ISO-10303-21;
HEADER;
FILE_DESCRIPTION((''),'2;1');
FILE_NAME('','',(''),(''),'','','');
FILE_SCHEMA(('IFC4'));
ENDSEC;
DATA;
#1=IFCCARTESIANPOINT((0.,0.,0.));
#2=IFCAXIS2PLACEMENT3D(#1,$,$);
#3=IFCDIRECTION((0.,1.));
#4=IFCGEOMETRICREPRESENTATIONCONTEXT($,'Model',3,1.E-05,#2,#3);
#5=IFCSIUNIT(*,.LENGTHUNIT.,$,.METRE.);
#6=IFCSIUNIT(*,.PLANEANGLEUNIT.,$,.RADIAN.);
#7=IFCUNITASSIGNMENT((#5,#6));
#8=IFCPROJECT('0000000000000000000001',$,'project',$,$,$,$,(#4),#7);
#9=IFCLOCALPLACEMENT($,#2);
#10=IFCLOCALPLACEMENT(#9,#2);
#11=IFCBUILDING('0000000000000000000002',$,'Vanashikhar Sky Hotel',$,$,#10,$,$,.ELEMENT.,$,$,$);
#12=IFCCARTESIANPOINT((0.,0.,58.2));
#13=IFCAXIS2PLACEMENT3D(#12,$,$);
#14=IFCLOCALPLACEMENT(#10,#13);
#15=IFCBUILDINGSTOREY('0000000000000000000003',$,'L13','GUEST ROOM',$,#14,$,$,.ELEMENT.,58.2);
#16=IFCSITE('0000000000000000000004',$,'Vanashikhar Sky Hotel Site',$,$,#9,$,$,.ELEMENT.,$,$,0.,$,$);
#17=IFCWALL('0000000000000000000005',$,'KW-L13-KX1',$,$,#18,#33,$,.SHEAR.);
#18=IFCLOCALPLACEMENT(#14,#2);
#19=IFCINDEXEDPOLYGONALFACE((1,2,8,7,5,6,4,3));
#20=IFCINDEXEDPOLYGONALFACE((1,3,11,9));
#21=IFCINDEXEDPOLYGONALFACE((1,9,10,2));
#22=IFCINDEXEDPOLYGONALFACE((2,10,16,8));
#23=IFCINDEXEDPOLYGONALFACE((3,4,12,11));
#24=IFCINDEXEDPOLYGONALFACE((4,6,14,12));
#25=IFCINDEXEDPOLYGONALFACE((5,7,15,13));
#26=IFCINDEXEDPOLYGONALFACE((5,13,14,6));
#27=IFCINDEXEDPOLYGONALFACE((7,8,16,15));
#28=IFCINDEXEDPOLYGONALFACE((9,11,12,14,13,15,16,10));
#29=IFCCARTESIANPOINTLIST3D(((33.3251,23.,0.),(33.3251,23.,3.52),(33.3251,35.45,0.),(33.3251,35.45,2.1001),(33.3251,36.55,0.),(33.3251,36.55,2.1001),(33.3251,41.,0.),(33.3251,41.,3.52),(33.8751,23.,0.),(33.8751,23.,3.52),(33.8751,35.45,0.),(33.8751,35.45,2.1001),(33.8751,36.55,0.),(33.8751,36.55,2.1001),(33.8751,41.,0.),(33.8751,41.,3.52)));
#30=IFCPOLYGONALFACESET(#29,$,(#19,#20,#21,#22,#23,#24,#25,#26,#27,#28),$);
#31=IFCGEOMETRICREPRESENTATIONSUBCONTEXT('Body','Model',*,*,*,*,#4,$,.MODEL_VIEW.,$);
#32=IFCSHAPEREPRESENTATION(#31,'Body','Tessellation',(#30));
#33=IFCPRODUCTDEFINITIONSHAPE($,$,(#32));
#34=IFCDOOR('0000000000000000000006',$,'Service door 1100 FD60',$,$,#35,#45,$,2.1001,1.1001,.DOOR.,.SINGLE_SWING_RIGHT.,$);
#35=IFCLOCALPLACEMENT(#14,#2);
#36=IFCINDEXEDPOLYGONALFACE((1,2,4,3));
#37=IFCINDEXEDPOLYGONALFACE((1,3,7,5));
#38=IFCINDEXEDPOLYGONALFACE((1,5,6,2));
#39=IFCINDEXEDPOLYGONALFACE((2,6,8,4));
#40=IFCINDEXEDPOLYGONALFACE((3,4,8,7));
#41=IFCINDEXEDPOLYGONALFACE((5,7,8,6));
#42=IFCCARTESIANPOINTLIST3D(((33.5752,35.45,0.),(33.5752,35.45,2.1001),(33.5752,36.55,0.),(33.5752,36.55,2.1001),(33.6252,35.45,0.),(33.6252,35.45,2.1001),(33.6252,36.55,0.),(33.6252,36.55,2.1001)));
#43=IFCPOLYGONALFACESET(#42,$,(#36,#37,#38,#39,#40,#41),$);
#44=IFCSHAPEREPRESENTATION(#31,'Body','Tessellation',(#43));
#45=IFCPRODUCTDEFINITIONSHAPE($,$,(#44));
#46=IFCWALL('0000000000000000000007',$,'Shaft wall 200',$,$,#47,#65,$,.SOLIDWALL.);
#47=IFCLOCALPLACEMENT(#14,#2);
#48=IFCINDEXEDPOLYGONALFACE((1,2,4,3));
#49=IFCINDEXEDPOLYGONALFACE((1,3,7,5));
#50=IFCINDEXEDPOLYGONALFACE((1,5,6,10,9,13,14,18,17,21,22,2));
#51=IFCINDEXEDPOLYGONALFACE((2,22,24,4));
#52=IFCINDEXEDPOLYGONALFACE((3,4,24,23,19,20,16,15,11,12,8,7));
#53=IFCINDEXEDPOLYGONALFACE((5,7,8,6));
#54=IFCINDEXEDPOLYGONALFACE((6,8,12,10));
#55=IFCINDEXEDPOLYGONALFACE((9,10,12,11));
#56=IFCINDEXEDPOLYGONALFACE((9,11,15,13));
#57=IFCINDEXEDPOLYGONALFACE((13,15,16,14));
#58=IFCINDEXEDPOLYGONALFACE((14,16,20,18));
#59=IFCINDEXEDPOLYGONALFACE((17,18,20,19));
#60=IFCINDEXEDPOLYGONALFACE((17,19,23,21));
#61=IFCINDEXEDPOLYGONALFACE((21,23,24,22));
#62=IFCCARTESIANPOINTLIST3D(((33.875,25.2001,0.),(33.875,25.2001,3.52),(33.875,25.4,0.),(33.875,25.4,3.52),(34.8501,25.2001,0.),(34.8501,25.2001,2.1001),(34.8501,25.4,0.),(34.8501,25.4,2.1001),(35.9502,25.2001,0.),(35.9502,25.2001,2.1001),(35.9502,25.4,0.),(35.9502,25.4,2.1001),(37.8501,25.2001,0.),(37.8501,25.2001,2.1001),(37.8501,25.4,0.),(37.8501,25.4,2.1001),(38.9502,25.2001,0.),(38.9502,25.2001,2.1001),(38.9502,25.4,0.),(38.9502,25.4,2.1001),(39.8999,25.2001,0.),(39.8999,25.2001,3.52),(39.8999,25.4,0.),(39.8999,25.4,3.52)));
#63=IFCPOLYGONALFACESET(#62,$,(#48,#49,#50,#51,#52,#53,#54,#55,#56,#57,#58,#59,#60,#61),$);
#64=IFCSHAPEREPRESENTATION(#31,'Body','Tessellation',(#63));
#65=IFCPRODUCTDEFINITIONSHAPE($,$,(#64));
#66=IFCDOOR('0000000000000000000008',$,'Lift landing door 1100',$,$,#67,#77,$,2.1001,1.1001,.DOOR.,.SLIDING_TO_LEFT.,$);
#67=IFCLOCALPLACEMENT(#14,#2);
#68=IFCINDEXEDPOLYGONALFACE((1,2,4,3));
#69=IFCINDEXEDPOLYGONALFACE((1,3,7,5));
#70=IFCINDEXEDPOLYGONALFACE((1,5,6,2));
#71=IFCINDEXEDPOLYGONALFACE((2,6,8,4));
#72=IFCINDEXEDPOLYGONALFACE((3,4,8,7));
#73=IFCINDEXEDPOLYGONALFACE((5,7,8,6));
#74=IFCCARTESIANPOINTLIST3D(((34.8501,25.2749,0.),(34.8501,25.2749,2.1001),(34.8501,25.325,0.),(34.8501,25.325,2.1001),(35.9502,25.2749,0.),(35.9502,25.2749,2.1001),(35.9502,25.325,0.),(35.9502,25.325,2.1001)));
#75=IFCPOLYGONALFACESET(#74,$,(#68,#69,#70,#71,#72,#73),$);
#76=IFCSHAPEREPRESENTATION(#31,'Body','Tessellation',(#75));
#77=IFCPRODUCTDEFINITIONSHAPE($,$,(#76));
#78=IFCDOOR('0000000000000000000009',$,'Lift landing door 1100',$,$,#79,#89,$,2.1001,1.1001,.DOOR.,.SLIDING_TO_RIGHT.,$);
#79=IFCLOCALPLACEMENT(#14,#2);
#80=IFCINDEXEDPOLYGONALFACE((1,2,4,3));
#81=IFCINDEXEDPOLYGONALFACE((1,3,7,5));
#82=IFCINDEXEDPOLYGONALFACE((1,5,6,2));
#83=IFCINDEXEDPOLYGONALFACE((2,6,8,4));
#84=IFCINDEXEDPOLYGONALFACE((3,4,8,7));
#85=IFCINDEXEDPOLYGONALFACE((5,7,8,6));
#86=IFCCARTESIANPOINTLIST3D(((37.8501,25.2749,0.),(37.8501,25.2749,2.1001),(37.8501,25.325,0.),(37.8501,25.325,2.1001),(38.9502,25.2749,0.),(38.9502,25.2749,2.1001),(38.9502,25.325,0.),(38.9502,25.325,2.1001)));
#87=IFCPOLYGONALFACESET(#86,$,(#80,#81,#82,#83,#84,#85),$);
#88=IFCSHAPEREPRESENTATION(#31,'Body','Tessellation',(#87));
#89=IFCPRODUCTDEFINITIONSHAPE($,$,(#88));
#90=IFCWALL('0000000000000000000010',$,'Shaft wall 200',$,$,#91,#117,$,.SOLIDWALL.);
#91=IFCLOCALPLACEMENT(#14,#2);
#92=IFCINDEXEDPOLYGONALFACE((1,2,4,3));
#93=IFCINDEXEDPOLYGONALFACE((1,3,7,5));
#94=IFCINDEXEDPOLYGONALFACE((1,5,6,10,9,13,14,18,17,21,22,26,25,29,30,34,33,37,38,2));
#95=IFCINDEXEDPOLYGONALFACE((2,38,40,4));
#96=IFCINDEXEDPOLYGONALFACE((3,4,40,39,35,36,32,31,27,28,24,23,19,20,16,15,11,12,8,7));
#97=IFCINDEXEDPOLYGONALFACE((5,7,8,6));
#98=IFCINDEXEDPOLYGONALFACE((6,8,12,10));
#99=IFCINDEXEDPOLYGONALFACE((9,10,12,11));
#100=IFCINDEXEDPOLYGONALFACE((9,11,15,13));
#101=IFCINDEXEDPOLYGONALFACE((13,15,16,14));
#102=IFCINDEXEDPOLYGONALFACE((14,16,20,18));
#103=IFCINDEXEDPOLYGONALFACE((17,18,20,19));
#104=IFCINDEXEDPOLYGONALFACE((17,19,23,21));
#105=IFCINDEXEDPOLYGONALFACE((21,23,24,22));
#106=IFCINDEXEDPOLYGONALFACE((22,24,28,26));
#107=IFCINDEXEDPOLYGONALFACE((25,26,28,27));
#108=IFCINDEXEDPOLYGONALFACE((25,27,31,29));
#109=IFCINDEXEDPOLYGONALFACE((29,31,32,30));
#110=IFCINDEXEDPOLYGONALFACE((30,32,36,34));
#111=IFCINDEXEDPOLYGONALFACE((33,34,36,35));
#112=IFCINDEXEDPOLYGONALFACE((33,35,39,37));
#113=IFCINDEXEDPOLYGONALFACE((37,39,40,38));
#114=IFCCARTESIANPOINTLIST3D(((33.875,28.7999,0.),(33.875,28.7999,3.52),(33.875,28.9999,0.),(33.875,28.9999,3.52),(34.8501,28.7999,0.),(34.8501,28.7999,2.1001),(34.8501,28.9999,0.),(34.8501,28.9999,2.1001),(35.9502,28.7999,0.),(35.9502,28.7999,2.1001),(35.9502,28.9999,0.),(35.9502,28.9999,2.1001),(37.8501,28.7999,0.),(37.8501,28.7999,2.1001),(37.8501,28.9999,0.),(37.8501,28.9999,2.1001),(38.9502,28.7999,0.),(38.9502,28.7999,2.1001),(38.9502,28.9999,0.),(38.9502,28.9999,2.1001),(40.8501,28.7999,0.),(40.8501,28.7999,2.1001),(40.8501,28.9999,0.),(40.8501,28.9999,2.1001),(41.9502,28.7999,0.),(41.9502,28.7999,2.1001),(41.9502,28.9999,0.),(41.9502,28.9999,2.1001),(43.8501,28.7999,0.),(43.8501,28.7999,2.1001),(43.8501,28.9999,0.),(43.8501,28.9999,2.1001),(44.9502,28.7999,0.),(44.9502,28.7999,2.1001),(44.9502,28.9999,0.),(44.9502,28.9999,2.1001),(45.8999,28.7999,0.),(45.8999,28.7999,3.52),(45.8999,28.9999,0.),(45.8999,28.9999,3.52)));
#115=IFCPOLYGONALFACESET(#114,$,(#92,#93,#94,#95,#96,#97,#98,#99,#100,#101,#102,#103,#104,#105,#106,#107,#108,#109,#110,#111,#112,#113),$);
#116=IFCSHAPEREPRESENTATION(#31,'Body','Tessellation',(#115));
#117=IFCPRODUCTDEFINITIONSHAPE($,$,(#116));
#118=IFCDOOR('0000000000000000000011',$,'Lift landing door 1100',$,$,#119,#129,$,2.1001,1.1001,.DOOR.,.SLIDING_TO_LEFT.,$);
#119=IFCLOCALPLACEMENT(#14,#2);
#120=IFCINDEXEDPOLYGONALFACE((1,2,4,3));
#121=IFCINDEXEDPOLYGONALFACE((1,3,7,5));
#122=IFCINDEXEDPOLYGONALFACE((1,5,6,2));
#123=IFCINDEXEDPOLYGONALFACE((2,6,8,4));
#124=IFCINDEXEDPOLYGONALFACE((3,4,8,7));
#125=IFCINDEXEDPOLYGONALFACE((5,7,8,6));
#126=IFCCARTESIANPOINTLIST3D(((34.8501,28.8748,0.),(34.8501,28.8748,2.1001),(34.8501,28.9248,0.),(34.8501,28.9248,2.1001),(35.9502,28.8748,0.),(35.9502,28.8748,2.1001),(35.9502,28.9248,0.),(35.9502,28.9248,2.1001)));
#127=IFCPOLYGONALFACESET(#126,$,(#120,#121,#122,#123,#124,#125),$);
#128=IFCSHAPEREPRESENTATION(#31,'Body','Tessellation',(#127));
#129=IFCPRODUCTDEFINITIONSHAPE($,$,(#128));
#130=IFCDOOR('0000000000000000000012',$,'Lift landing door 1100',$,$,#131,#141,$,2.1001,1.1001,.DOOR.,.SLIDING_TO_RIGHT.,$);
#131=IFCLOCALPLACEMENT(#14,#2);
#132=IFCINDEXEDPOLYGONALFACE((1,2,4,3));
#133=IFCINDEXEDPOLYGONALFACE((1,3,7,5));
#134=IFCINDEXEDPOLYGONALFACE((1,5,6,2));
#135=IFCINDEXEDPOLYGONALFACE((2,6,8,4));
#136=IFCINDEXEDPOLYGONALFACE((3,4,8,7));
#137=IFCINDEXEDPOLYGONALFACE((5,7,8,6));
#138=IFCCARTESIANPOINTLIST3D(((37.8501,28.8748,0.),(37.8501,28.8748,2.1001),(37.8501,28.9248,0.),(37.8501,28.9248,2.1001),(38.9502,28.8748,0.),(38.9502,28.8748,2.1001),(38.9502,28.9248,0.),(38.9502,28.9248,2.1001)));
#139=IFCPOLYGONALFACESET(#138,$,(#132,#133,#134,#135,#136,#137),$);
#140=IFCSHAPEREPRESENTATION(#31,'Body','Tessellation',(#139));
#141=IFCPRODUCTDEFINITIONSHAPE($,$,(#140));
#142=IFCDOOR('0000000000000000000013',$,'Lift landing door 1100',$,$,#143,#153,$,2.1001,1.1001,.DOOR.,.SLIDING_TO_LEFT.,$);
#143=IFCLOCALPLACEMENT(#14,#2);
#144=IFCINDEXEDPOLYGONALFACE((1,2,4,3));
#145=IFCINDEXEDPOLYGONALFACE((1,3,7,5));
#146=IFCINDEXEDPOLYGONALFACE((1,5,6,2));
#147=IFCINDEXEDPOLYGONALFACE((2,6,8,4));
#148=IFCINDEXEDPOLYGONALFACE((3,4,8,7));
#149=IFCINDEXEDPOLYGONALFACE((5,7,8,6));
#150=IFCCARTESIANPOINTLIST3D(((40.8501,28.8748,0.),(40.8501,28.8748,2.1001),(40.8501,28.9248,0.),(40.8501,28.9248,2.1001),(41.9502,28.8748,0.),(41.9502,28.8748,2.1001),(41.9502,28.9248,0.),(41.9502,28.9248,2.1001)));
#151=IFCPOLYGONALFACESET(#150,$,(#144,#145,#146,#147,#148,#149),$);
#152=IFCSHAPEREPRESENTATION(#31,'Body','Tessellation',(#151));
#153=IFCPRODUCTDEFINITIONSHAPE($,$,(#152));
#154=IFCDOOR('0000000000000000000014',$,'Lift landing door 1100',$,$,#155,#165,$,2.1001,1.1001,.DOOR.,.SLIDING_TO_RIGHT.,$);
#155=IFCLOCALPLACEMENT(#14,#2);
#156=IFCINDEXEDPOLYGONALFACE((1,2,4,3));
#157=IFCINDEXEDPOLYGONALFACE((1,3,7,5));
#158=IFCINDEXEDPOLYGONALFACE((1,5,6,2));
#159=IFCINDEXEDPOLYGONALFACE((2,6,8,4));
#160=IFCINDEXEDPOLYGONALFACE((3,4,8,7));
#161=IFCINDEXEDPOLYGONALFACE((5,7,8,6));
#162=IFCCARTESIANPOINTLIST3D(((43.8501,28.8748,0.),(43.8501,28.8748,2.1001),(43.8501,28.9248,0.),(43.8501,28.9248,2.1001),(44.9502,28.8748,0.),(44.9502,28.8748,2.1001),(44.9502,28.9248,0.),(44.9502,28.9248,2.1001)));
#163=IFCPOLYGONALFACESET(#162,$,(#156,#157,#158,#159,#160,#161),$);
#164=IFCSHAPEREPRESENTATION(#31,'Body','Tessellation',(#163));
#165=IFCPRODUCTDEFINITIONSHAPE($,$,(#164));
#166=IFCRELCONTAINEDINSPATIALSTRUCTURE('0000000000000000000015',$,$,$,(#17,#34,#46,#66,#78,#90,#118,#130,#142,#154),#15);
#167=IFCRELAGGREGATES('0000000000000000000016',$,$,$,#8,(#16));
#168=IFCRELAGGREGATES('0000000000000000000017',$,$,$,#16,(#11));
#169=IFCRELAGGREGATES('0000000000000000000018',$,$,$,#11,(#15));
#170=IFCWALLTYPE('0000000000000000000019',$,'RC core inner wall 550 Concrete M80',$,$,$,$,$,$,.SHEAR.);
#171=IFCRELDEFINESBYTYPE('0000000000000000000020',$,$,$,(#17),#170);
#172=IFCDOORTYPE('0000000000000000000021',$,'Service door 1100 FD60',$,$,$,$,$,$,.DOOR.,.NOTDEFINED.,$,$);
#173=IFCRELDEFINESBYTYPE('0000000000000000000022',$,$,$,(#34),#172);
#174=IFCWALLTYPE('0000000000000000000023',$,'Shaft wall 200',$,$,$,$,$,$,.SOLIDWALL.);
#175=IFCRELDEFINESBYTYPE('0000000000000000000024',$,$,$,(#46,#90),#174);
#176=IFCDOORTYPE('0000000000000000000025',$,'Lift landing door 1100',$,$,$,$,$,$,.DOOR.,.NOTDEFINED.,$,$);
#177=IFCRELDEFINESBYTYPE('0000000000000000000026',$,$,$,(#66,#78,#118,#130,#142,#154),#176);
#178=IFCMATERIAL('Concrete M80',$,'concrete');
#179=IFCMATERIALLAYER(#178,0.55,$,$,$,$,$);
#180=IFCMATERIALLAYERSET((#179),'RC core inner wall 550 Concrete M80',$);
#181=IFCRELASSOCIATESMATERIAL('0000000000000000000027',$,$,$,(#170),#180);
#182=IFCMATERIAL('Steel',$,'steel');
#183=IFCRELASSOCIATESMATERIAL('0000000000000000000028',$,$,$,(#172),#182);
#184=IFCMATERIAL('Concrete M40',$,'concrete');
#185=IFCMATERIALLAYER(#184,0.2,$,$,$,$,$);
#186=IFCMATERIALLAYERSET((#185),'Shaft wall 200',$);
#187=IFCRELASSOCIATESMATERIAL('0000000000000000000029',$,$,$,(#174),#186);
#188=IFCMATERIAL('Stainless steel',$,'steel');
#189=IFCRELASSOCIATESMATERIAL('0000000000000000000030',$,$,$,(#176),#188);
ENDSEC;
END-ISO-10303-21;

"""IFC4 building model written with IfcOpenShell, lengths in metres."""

from ifc_helpers import new_model, si_unit, direction, frame, frame_2d, origin, place, context, subcontext, project, spatial, rectangle, extrude, source, transform, mapped, material, layer, layer_set, type_object, element, fill, save


model = new_model("IFC4")

# Units and contexts
model_context = context("Model", 3, precision=1e-05, world=origin(), true_north=direction((0.0, 1.0)))
body_context = subcontext(model_context, "Body", "Model", "MODEL_VIEW")
ifc_project = project(units=[si_unit("LENGTHUNIT", "METRE"), si_unit("PLANEANGLEUNIT", "RADIAN")], contexts=[model_context])

# Site, building, storey
site_placement = place(None, origin())
site = spatial("IfcSite", under=ifc_project, at=site_placement, Name="Vanashikhar Sky Hotel Site", CompositionType="ELEMENT", RefElevation=0.0)
building_placement = place(site_placement, origin())
building = spatial("IfcBuilding", under=site, at=building_placement, Name="Vanashikhar Sky Hotel", CompositionType="ELEMENT")
storey_placement = place(building_placement, frame((0.0, 0.0, 58.2)))
storey = spatial("IfcBuildingStorey", under=building, at=storey_placement, Name="L13", Description="GUEST ROOM", CompositionType="ELEMENT", Elevation=58.2)

# Wall, opening, door
ifc_material_1 = material(Name="Concrete M80", Category="concrete")
ifc_layer_1 = layer(ifc_material_1, 0.55)
ifc_layer_set_1 = layer_set([ifc_layer_1], Name="RC core inner wall 550 Concrete M80")
wall_type_1 = type_object("IfcWallType", Name="RC core inner wall 550 Concrete M80", PredefinedType="SHEAR", material=ifc_layer_set_1)
shared_shape_1 = source(origin(), body_context, "Body", "SweptSolid", [
    extrude(rectangle(XDim=18.0, YDim=0.55, at=frame_2d((9.0, 0.0))), origin(), (0.0, 0.0, 1.0), 3.52),
])
wall_1_placement = place(storey_placement, frame((33.6001, 23.0, 0.0), z_axis=(0.0, 0.0, 1.0), x_axis=(0.0, 1.0, 0.0)))
wall_1 = element("IfcWall", 1, at=wall_1_placement, inside=storey, type_object=wall_type_1, Name="KW-L13-KX1", PredefinedType="SHEAR", context=body_context, shape_type="MappedRepresentation", body=[
    mapped(shared_shape_1, transform((0.0, 0.0, 0.0), scale=1.0)),
])
shared_shape_2 = source(origin(), body_context, "Body", "SweptSolid", [
    extrude(rectangle(XDim=1.1001, YDim=2.1001, at=frame_2d((0.55, 1.05))), frame((0.0, 0.2852, 0.0), z_axis=(0.0, -1.0, 0.0), x_axis=(1.0, 0.0, 0.0)), (0.0, 0.0, 1.0), 0.5701),
])
opening_1_placement = place(wall_1_placement, frame((12.45, 0.0, 0.0)))
opening_1 = element("IfcOpeningElement", 2, at=opening_1_placement, cuts=wall_1, PredefinedType="OPENING", context=body_context, shape_type="MappedRepresentation", body=[
    mapped(shared_shape_2, transform((0.0, 0.0, 0.0), scale=1.0)),
])
ifc_material_2 = material(Name="Steel", Category="steel")
door_type_1 = type_object("IfcDoorType", Name="Service door 1100 FD60", OperationType="NOTDEFINED", PredefinedType="DOOR", material=ifc_material_2)
shared_shape_3 = source(origin(), body_context, "Body", "SweptSolid", [
    extrude(rectangle(XDim=1.1001, YDim=2.1001, at=frame_2d((0.55, 1.05))), frame((0.0, 0.0249, 0.0), z_axis=(0.0, -1.0, 0.0), x_axis=(1.0, 0.0, 0.0)), (0.0, 0.0, 1.0), 0.05),
])
door_1_placement = place(opening_1_placement, origin())
door_1 = element("IfcDoor", 3, at=door_1_placement, inside=storey, type_object=door_type_1, Name="Service door 1100 FD60", OperationType="SINGLE_SWING_RIGHT", OverallHeight=2.1001, OverallWidth=1.1001, PredefinedType="DOOR", context=body_context, shape_type="MappedRepresentation", body=[
    mapped(shared_shape_3, transform((0.0, 0.0, 0.0), scale=1.0)),
])
fill(opening_1, door_1)

# Walls, openings, doors
ifc_material_3 = material(Name="Concrete M40", Category="concrete")
ifc_layer_2 = layer(ifc_material_3, 0.2)
ifc_layer_set_2 = layer_set([ifc_layer_2], Name="Shaft wall 200")
wall_type_2 = type_object("IfcWallType", Name="Shaft wall 200", PredefinedType="SOLIDWALL", material=ifc_layer_set_2)
shared_shape_4 = source(origin(), body_context, "Body", "SweptSolid", [
    extrude(rectangle(XDim=6.0249, YDim=0.2, at=frame_2d((3.0125, 0.0))), origin(), (0.0, 0.0, 1.0), 3.52),
])
wall_2_placement = place(storey_placement, frame((33.875, 25.3, 0.0), z_axis=(0.0, 0.0, 1.0), x_axis=(1.0, 0.0, 0.0)))
wall_2 = element("IfcWall", 4, at=wall_2_placement, inside=storey, type_object=wall_type_2, Name="Shaft wall 200", PredefinedType="SOLIDWALL", context=body_context, shape_type="MappedRepresentation", body=[
    mapped(shared_shape_4, transform((0.0, 0.0, 0.0), scale=1.0)),
])
shared_shape_5 = source(origin(), body_context, "Body", "SweptSolid", [
    extrude(rectangle(XDim=1.1001, YDim=2.1001, at=frame_2d((0.55, 1.05))), frame((0.0, 0.1099, 0.0), z_axis=(0.0, -1.0, 0.0), x_axis=(1.0, 0.0, 0.0)), (0.0, 0.0, 1.0), 0.22),
])
opening_2_placement = place(wall_2_placement, frame((0.9751, 0.0, 0.0)))
opening_2 = element("IfcOpeningElement", 5, at=opening_2_placement, cuts=wall_2, PredefinedType="OPENING", context=body_context, shape_type="MappedRepresentation", body=[
    mapped(shared_shape_5, transform((0.0, 0.0, 0.0), scale=1.0)),
])
opening_3_placement = place(wall_2_placement, frame((3.9751, 0.0, 0.0)))
opening_3 = element("IfcOpeningElement", 6, at=opening_3_placement, cuts=wall_2, PredefinedType="OPENING", context=body_context, shape_type="MappedRepresentation", body=[
    mapped(shared_shape_5, transform((0.0, 0.0, 0.0), scale=1.0)),
])
ifc_material_4 = material(Name="Stainless steel", Category="steel")
door_type_2 = type_object("IfcDoorType", Name="Lift landing door 1100", OperationType="NOTDEFINED", PredefinedType="DOOR", material=ifc_material_4)
door_2_placement = place(opening_2_placement, origin())
door_2 = element("IfcDoor", 7, at=door_2_placement, inside=storey, type_object=door_type_2, Name="Lift landing door 1100", OperationType="SLIDING_TO_LEFT", OverallHeight=2.1001, OverallWidth=1.1001, PredefinedType="DOOR", context=body_context, shape_type="MappedRepresentation", body=[
    mapped(shared_shape_3, transform((0.0, 0.0, 0.0), scale=1.0)),
])
fill(opening_2, door_2)
door_3_placement = place(opening_3_placement, origin())
door_3 = element("IfcDoor", 8, at=door_3_placement, inside=storey, type_object=door_type_2, Name="Lift landing door 1100", OperationType="SLIDING_TO_RIGHT", OverallHeight=2.1001, OverallWidth=1.1001, PredefinedType="DOOR", context=body_context, shape_type="MappedRepresentation", body=[
    mapped(shared_shape_3, transform((0.0, 0.0, 0.0), scale=1.0)),
])
fill(opening_3, door_3)
shared_shape_6 = source(origin(), body_context, "Body", "SweptSolid", [
    extrude(rectangle(XDim=12.0249, YDim=0.2, at=frame_2d((6.0125, 0.0))), origin(), (0.0, 0.0, 1.0), 3.52),
])
wall_3_placement = place(storey_placement, frame((33.875, 28.8999, 0.0), z_axis=(0.0, 0.0, 1.0), x_axis=(1.0, 0.0, 0.0)))
wall_3 = element("IfcWall", 9, at=wall_3_placement, inside=storey, type_object=wall_type_2, Name="Shaft wall 200", PredefinedType="SOLIDWALL", context=body_context, shape_type="MappedRepresentation", body=[
    mapped(shared_shape_6, transform((0.0, 0.0, 0.0), scale=1.0)),
])
opening_4_placement = place(wall_3_placement, frame((0.9751, 0.0, 0.0)))
opening_4 = element("IfcOpeningElement", 10, at=opening_4_placement, cuts=wall_3, PredefinedType="OPENING", context=body_context, shape_type="MappedRepresentation", body=[
    mapped(shared_shape_5, transform((0.0, 0.0, 0.0), scale=1.0)),
])
opening_5_placement = place(wall_3_placement, frame((3.9751, 0.0, 0.0)))
opening_5 = element("IfcOpeningElement", 11, at=opening_5_placement, cuts=wall_3, PredefinedType="OPENING", context=body_context, shape_type="MappedRepresentation", body=[
    mapped(shared_shape_5, transform((0.0, 0.0, 0.0), scale=1.0)),
])
opening_6_placement = place(wall_3_placement, frame((6.9751, 0.0, 0.0)))
opening_6 = element("IfcOpeningElement", 12, at=opening_6_placement, cuts=wall_3, PredefinedType="OPENING", context=body_context, shape_type="MappedRepresentation", body=[
    mapped(shared_shape_5, transform((0.0, 0.0, 0.0), scale=1.0)),
])
opening_7_placement = place(wall_3_placement, frame((9.9751, 0.0, 0.0)))
opening_7 = element("IfcOpeningElement", 13, at=opening_7_placement, cuts=wall_3, PredefinedType="OPENING", context=body_context, shape_type="MappedRepresentation", body=[
    mapped(shared_shape_5, transform((0.0, 0.0, 0.0), scale=1.0)),
])
door_4_placement = place(opening_4_placement, origin())
door_4 = element("IfcDoor", 14, at=door_4_placement, inside=storey, type_object=door_type_2, Name="Lift landing door 1100", OperationType="SLIDING_TO_LEFT", OverallHeight=2.1001, OverallWidth=1.1001, PredefinedType="DOOR", context=body_context, shape_type="MappedRepresentation", body=[
    mapped(shared_shape_3, transform((0.0, 0.0, 0.0), scale=1.0)),
])
fill(opening_4, door_4)
door_5_placement = place(opening_5_placement, origin())
door_5 = element("IfcDoor", 15, at=door_5_placement, inside=storey, type_object=door_type_2, Name="Lift landing door 1100", OperationType="SLIDING_TO_RIGHT", OverallHeight=2.1001, OverallWidth=1.1001, PredefinedType="DOOR", context=body_context, shape_type="MappedRepresentation", body=[
    mapped(shared_shape_3, transform((0.0, 0.0, 0.0), scale=1.0)),
])
fill(opening_5, door_5)
door_6_placement = place(opening_6_placement, origin())
door_6 = element("IfcDoor", 16, at=door_6_placement, inside=storey, type_object=door_type_2, Name="Lift landing door 1100", OperationType="SLIDING_TO_LEFT", OverallHeight=2.1001, OverallWidth=1.1001, PredefinedType="DOOR", context=body_context, shape_type="MappedRepresentation", body=[
    mapped(shared_shape_3, transform((0.0, 0.0, 0.0), scale=1.0)),
])
fill(opening_6, door_6)
door_7_placement = place(opening_7_placement, origin())
door_7 = element("IfcDoor", 17, at=door_7_placement, inside=storey, type_object=door_type_2, Name="Lift landing door 1100", OperationType="SLIDING_TO_RIGHT", OverallHeight=2.1001, OverallWidth=1.1001, PredefinedType="DOOR", context=body_context, shape_type="MappedRepresentation", body=[
    mapped(shared_shape_3, transform((0.0, 0.0, 0.0), scale=1.0)),
])
fill(opening_7, door_7)

save(model, "model.ifc")
